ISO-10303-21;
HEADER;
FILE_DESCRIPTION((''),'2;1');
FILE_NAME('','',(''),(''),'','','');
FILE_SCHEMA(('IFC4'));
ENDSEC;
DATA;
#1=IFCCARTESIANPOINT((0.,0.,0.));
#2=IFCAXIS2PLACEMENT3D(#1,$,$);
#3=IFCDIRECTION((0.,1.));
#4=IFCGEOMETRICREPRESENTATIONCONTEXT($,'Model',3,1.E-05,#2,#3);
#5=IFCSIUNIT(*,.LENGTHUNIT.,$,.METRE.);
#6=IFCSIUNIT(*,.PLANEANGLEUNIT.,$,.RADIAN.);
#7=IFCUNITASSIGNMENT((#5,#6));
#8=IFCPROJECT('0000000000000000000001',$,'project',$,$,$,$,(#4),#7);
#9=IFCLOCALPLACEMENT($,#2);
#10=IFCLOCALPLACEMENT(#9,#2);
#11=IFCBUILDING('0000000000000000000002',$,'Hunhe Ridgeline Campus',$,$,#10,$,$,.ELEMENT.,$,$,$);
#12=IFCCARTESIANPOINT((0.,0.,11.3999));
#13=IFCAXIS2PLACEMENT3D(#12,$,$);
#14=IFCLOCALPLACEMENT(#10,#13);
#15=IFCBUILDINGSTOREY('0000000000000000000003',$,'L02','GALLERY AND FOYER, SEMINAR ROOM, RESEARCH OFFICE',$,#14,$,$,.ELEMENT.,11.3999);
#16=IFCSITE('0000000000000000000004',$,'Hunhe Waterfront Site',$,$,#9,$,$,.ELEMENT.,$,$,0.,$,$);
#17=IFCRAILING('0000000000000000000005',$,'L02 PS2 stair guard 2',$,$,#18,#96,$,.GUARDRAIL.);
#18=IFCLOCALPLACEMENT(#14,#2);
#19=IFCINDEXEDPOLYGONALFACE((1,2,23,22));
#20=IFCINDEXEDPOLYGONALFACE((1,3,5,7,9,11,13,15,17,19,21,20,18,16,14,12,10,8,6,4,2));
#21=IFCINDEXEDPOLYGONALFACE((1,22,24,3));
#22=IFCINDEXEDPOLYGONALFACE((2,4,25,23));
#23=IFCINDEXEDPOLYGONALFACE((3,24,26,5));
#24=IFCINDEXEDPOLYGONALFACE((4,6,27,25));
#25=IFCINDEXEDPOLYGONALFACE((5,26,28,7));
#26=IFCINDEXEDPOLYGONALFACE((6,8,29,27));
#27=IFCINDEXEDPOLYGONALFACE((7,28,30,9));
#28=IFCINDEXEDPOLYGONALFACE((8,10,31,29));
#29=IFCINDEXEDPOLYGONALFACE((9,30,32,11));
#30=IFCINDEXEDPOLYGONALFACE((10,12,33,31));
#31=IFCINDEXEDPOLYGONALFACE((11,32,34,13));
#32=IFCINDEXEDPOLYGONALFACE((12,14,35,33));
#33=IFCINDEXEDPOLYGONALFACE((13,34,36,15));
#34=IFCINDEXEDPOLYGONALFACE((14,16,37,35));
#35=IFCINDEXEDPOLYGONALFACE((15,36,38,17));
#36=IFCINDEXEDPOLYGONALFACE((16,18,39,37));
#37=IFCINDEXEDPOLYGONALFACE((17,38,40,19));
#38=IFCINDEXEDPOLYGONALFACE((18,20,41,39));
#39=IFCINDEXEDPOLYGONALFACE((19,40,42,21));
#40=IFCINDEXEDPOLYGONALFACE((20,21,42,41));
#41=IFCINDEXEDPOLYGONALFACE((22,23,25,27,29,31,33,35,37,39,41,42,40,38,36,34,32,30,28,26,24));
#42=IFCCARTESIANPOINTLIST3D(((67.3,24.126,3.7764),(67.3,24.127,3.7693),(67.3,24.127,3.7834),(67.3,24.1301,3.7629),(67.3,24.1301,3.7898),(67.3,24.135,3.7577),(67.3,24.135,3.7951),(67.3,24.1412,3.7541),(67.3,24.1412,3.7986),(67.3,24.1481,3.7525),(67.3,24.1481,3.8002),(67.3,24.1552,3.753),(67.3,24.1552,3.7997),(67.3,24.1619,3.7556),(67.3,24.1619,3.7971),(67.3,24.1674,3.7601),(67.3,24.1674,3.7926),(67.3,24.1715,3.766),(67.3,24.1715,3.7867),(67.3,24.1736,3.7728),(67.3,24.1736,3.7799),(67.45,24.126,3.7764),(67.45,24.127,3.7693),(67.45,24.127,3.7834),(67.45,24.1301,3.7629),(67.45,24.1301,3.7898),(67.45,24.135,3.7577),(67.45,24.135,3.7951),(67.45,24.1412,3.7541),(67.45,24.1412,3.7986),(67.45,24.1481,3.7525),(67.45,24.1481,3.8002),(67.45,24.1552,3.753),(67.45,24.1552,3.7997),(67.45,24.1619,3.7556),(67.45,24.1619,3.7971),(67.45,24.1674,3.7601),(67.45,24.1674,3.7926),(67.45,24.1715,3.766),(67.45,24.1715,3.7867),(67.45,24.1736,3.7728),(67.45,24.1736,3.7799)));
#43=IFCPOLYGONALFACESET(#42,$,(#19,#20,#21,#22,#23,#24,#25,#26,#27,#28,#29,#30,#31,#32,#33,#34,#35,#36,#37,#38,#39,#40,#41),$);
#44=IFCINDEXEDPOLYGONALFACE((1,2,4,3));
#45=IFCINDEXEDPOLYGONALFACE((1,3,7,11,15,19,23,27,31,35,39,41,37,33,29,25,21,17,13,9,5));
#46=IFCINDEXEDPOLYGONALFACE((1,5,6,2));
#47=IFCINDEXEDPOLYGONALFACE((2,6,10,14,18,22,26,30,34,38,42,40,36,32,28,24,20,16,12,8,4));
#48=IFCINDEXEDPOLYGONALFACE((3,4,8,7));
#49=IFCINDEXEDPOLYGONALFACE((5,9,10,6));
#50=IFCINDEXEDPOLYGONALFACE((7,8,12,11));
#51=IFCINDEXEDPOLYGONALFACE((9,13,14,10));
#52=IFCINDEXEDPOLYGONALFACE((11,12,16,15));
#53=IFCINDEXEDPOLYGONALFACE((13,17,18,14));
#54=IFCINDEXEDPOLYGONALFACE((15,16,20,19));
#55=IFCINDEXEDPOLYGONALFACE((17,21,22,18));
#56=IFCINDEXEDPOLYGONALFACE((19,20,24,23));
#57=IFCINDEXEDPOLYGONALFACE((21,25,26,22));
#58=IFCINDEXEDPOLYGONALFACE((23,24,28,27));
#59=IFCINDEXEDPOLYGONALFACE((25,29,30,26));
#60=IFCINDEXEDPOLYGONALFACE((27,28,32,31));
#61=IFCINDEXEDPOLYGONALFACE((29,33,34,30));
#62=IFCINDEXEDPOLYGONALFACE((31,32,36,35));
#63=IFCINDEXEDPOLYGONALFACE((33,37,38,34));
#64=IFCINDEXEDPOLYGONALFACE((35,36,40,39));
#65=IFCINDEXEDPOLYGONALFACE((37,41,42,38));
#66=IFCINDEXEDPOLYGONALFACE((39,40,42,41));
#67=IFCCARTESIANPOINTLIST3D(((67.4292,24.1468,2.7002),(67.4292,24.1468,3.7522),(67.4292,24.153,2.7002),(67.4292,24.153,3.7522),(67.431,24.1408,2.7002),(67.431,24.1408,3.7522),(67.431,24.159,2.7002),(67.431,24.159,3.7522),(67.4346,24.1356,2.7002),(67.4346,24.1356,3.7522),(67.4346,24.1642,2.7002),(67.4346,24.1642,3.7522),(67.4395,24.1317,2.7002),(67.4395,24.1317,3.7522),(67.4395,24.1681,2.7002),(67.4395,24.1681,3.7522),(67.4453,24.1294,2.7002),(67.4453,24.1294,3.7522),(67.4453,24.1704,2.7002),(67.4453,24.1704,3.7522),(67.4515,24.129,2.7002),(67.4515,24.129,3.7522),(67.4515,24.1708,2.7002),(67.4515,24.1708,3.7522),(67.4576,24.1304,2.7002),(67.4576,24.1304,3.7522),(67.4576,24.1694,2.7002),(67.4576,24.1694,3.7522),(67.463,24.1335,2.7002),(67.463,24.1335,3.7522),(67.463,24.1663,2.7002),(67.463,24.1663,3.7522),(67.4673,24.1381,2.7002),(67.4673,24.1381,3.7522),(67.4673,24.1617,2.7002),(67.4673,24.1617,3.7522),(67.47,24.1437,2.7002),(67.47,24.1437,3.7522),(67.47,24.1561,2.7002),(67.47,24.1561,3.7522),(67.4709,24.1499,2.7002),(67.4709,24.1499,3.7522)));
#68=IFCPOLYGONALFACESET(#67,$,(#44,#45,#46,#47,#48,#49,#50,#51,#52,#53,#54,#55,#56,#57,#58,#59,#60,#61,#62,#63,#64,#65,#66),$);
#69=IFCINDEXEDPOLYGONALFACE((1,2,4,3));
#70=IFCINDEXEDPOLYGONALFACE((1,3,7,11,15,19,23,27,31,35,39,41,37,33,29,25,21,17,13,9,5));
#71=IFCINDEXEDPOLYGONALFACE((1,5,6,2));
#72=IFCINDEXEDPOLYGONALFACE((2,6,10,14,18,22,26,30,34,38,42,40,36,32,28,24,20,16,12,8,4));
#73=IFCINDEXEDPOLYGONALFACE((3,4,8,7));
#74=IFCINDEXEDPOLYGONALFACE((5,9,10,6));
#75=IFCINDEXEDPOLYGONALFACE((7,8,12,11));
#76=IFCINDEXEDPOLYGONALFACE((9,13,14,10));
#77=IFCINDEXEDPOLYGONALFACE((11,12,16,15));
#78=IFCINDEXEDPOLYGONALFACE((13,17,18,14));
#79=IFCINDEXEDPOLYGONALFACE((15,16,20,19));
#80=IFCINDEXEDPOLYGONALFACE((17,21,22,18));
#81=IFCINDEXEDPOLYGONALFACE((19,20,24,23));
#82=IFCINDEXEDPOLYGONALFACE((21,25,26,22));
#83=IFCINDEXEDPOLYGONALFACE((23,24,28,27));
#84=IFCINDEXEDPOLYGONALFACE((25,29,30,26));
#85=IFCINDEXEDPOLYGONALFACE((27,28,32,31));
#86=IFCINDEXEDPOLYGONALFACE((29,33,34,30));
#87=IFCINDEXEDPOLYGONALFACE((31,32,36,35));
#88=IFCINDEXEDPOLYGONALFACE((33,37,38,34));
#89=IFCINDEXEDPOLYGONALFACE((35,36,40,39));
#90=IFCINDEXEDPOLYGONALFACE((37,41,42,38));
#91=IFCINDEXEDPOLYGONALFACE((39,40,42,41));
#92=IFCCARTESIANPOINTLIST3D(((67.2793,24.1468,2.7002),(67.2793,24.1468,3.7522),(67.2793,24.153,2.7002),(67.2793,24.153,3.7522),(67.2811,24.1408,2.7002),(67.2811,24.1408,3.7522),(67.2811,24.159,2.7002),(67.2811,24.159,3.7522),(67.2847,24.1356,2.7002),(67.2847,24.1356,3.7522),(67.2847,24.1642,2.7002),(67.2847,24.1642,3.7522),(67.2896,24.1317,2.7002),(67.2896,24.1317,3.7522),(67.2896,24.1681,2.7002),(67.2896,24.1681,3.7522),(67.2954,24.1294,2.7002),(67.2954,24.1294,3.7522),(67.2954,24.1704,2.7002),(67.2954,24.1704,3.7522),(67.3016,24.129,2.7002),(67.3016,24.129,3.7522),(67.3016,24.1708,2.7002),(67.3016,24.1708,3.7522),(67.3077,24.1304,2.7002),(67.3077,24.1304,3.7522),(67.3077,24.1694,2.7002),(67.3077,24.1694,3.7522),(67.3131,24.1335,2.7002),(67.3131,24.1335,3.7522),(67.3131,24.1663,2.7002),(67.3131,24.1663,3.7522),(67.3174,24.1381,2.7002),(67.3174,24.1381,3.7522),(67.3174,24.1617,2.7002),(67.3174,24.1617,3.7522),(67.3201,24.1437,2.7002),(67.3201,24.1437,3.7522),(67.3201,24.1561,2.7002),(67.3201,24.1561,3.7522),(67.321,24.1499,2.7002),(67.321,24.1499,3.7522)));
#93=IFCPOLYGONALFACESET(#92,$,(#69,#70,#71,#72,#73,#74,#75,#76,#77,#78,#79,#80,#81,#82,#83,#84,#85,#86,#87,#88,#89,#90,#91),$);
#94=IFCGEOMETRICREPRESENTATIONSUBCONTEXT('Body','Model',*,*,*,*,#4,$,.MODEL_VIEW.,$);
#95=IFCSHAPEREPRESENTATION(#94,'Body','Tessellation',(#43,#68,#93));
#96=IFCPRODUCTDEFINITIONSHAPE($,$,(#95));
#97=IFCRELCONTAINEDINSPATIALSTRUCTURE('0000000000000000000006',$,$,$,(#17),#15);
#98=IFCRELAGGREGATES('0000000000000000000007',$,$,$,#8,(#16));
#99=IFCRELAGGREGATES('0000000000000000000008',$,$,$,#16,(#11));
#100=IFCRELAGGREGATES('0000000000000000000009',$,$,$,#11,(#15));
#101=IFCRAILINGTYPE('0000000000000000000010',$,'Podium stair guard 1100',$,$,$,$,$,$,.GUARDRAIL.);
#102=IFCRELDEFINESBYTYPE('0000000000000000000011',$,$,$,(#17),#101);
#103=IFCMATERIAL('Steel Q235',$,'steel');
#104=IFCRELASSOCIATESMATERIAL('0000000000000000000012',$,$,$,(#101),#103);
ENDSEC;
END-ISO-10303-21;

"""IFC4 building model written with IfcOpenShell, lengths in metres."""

from ifc_helpers import new_model, si_unit, direction, frame, origin, origin_2d, place, context, subcontext, project, spatial, circle, extrude, material, type_object, element, save


model = new_model("IFC4")

# Units and contexts
model_context = context("Model", 3, precision=1e-05, world=origin(), true_north=direction((0.0, 1.0)))
body_context = subcontext(model_context, "Body", "Model", "MODEL_VIEW")
ifc_project = project(units=[si_unit("LENGTHUNIT", "METRE"), si_unit("PLANEANGLEUNIT", "RADIAN")], contexts=[model_context])

# Site, building, storey
site_placement = place(None, origin())
site = spatial("IfcSite", under=ifc_project, at=site_placement, Name="Hunhe Waterfront Site", CompositionType="ELEMENT", RefElevation=0.0)
building_placement = place(site_placement, origin())
building = spatial("IfcBuilding", under=site, at=building_placement, Name="Hunhe Ridgeline Campus", CompositionType="ELEMENT")
storey_placement = place(building_placement, frame((0.0, 0.0, 11.3999)))
storey = spatial("IfcBuildingStorey", under=building, at=storey_placement, Name="L02", Description="GALLERY AND FOYER, SEMINAR ROOM, RESEARCH OFFICE", CompositionType="ELEMENT", Elevation=11.3999)

# Shared definitions
ifc_material_1 = material(Name="Steel Q235", Category="steel")

# Railing
railing_type_1 = type_object("IfcRailingType", Name="Podium stair guard 1100", PredefinedType="GUARDRAIL", material=ifc_material_1)
railing_1_placement = place(storey_placement, frame((67.45, 24.1499, 2.7002)))
element("IfcRailing", 1, at=railing_1_placement, inside=storey, type_object=railing_type_1, Name="L02 PS2 stair guard 2", PredefinedType="GUARDRAIL", context=body_context, shape_type="SweptSolid", body=[
    extrude(circle(Radius=0.0239, at=origin_2d()), frame((0.0, 0.0, 1.0762), z_axis=(-1.0, 0.0, 0.0), x_axis=(0.0, -1.0, 0.0)), (0.0, 0.0, 1.0), 0.1499),
    extrude(circle(Radius=0.021, at=origin_2d()), origin(), (0.0, 0.0, 1.0), 1.052),
    extrude(circle(Radius=0.021, at=origin_2d()), frame((-0.1499, 0.0, 0.0)), (0.0, 0.0, 1.0), 1.052),
])

save(model, "model.ifc")
